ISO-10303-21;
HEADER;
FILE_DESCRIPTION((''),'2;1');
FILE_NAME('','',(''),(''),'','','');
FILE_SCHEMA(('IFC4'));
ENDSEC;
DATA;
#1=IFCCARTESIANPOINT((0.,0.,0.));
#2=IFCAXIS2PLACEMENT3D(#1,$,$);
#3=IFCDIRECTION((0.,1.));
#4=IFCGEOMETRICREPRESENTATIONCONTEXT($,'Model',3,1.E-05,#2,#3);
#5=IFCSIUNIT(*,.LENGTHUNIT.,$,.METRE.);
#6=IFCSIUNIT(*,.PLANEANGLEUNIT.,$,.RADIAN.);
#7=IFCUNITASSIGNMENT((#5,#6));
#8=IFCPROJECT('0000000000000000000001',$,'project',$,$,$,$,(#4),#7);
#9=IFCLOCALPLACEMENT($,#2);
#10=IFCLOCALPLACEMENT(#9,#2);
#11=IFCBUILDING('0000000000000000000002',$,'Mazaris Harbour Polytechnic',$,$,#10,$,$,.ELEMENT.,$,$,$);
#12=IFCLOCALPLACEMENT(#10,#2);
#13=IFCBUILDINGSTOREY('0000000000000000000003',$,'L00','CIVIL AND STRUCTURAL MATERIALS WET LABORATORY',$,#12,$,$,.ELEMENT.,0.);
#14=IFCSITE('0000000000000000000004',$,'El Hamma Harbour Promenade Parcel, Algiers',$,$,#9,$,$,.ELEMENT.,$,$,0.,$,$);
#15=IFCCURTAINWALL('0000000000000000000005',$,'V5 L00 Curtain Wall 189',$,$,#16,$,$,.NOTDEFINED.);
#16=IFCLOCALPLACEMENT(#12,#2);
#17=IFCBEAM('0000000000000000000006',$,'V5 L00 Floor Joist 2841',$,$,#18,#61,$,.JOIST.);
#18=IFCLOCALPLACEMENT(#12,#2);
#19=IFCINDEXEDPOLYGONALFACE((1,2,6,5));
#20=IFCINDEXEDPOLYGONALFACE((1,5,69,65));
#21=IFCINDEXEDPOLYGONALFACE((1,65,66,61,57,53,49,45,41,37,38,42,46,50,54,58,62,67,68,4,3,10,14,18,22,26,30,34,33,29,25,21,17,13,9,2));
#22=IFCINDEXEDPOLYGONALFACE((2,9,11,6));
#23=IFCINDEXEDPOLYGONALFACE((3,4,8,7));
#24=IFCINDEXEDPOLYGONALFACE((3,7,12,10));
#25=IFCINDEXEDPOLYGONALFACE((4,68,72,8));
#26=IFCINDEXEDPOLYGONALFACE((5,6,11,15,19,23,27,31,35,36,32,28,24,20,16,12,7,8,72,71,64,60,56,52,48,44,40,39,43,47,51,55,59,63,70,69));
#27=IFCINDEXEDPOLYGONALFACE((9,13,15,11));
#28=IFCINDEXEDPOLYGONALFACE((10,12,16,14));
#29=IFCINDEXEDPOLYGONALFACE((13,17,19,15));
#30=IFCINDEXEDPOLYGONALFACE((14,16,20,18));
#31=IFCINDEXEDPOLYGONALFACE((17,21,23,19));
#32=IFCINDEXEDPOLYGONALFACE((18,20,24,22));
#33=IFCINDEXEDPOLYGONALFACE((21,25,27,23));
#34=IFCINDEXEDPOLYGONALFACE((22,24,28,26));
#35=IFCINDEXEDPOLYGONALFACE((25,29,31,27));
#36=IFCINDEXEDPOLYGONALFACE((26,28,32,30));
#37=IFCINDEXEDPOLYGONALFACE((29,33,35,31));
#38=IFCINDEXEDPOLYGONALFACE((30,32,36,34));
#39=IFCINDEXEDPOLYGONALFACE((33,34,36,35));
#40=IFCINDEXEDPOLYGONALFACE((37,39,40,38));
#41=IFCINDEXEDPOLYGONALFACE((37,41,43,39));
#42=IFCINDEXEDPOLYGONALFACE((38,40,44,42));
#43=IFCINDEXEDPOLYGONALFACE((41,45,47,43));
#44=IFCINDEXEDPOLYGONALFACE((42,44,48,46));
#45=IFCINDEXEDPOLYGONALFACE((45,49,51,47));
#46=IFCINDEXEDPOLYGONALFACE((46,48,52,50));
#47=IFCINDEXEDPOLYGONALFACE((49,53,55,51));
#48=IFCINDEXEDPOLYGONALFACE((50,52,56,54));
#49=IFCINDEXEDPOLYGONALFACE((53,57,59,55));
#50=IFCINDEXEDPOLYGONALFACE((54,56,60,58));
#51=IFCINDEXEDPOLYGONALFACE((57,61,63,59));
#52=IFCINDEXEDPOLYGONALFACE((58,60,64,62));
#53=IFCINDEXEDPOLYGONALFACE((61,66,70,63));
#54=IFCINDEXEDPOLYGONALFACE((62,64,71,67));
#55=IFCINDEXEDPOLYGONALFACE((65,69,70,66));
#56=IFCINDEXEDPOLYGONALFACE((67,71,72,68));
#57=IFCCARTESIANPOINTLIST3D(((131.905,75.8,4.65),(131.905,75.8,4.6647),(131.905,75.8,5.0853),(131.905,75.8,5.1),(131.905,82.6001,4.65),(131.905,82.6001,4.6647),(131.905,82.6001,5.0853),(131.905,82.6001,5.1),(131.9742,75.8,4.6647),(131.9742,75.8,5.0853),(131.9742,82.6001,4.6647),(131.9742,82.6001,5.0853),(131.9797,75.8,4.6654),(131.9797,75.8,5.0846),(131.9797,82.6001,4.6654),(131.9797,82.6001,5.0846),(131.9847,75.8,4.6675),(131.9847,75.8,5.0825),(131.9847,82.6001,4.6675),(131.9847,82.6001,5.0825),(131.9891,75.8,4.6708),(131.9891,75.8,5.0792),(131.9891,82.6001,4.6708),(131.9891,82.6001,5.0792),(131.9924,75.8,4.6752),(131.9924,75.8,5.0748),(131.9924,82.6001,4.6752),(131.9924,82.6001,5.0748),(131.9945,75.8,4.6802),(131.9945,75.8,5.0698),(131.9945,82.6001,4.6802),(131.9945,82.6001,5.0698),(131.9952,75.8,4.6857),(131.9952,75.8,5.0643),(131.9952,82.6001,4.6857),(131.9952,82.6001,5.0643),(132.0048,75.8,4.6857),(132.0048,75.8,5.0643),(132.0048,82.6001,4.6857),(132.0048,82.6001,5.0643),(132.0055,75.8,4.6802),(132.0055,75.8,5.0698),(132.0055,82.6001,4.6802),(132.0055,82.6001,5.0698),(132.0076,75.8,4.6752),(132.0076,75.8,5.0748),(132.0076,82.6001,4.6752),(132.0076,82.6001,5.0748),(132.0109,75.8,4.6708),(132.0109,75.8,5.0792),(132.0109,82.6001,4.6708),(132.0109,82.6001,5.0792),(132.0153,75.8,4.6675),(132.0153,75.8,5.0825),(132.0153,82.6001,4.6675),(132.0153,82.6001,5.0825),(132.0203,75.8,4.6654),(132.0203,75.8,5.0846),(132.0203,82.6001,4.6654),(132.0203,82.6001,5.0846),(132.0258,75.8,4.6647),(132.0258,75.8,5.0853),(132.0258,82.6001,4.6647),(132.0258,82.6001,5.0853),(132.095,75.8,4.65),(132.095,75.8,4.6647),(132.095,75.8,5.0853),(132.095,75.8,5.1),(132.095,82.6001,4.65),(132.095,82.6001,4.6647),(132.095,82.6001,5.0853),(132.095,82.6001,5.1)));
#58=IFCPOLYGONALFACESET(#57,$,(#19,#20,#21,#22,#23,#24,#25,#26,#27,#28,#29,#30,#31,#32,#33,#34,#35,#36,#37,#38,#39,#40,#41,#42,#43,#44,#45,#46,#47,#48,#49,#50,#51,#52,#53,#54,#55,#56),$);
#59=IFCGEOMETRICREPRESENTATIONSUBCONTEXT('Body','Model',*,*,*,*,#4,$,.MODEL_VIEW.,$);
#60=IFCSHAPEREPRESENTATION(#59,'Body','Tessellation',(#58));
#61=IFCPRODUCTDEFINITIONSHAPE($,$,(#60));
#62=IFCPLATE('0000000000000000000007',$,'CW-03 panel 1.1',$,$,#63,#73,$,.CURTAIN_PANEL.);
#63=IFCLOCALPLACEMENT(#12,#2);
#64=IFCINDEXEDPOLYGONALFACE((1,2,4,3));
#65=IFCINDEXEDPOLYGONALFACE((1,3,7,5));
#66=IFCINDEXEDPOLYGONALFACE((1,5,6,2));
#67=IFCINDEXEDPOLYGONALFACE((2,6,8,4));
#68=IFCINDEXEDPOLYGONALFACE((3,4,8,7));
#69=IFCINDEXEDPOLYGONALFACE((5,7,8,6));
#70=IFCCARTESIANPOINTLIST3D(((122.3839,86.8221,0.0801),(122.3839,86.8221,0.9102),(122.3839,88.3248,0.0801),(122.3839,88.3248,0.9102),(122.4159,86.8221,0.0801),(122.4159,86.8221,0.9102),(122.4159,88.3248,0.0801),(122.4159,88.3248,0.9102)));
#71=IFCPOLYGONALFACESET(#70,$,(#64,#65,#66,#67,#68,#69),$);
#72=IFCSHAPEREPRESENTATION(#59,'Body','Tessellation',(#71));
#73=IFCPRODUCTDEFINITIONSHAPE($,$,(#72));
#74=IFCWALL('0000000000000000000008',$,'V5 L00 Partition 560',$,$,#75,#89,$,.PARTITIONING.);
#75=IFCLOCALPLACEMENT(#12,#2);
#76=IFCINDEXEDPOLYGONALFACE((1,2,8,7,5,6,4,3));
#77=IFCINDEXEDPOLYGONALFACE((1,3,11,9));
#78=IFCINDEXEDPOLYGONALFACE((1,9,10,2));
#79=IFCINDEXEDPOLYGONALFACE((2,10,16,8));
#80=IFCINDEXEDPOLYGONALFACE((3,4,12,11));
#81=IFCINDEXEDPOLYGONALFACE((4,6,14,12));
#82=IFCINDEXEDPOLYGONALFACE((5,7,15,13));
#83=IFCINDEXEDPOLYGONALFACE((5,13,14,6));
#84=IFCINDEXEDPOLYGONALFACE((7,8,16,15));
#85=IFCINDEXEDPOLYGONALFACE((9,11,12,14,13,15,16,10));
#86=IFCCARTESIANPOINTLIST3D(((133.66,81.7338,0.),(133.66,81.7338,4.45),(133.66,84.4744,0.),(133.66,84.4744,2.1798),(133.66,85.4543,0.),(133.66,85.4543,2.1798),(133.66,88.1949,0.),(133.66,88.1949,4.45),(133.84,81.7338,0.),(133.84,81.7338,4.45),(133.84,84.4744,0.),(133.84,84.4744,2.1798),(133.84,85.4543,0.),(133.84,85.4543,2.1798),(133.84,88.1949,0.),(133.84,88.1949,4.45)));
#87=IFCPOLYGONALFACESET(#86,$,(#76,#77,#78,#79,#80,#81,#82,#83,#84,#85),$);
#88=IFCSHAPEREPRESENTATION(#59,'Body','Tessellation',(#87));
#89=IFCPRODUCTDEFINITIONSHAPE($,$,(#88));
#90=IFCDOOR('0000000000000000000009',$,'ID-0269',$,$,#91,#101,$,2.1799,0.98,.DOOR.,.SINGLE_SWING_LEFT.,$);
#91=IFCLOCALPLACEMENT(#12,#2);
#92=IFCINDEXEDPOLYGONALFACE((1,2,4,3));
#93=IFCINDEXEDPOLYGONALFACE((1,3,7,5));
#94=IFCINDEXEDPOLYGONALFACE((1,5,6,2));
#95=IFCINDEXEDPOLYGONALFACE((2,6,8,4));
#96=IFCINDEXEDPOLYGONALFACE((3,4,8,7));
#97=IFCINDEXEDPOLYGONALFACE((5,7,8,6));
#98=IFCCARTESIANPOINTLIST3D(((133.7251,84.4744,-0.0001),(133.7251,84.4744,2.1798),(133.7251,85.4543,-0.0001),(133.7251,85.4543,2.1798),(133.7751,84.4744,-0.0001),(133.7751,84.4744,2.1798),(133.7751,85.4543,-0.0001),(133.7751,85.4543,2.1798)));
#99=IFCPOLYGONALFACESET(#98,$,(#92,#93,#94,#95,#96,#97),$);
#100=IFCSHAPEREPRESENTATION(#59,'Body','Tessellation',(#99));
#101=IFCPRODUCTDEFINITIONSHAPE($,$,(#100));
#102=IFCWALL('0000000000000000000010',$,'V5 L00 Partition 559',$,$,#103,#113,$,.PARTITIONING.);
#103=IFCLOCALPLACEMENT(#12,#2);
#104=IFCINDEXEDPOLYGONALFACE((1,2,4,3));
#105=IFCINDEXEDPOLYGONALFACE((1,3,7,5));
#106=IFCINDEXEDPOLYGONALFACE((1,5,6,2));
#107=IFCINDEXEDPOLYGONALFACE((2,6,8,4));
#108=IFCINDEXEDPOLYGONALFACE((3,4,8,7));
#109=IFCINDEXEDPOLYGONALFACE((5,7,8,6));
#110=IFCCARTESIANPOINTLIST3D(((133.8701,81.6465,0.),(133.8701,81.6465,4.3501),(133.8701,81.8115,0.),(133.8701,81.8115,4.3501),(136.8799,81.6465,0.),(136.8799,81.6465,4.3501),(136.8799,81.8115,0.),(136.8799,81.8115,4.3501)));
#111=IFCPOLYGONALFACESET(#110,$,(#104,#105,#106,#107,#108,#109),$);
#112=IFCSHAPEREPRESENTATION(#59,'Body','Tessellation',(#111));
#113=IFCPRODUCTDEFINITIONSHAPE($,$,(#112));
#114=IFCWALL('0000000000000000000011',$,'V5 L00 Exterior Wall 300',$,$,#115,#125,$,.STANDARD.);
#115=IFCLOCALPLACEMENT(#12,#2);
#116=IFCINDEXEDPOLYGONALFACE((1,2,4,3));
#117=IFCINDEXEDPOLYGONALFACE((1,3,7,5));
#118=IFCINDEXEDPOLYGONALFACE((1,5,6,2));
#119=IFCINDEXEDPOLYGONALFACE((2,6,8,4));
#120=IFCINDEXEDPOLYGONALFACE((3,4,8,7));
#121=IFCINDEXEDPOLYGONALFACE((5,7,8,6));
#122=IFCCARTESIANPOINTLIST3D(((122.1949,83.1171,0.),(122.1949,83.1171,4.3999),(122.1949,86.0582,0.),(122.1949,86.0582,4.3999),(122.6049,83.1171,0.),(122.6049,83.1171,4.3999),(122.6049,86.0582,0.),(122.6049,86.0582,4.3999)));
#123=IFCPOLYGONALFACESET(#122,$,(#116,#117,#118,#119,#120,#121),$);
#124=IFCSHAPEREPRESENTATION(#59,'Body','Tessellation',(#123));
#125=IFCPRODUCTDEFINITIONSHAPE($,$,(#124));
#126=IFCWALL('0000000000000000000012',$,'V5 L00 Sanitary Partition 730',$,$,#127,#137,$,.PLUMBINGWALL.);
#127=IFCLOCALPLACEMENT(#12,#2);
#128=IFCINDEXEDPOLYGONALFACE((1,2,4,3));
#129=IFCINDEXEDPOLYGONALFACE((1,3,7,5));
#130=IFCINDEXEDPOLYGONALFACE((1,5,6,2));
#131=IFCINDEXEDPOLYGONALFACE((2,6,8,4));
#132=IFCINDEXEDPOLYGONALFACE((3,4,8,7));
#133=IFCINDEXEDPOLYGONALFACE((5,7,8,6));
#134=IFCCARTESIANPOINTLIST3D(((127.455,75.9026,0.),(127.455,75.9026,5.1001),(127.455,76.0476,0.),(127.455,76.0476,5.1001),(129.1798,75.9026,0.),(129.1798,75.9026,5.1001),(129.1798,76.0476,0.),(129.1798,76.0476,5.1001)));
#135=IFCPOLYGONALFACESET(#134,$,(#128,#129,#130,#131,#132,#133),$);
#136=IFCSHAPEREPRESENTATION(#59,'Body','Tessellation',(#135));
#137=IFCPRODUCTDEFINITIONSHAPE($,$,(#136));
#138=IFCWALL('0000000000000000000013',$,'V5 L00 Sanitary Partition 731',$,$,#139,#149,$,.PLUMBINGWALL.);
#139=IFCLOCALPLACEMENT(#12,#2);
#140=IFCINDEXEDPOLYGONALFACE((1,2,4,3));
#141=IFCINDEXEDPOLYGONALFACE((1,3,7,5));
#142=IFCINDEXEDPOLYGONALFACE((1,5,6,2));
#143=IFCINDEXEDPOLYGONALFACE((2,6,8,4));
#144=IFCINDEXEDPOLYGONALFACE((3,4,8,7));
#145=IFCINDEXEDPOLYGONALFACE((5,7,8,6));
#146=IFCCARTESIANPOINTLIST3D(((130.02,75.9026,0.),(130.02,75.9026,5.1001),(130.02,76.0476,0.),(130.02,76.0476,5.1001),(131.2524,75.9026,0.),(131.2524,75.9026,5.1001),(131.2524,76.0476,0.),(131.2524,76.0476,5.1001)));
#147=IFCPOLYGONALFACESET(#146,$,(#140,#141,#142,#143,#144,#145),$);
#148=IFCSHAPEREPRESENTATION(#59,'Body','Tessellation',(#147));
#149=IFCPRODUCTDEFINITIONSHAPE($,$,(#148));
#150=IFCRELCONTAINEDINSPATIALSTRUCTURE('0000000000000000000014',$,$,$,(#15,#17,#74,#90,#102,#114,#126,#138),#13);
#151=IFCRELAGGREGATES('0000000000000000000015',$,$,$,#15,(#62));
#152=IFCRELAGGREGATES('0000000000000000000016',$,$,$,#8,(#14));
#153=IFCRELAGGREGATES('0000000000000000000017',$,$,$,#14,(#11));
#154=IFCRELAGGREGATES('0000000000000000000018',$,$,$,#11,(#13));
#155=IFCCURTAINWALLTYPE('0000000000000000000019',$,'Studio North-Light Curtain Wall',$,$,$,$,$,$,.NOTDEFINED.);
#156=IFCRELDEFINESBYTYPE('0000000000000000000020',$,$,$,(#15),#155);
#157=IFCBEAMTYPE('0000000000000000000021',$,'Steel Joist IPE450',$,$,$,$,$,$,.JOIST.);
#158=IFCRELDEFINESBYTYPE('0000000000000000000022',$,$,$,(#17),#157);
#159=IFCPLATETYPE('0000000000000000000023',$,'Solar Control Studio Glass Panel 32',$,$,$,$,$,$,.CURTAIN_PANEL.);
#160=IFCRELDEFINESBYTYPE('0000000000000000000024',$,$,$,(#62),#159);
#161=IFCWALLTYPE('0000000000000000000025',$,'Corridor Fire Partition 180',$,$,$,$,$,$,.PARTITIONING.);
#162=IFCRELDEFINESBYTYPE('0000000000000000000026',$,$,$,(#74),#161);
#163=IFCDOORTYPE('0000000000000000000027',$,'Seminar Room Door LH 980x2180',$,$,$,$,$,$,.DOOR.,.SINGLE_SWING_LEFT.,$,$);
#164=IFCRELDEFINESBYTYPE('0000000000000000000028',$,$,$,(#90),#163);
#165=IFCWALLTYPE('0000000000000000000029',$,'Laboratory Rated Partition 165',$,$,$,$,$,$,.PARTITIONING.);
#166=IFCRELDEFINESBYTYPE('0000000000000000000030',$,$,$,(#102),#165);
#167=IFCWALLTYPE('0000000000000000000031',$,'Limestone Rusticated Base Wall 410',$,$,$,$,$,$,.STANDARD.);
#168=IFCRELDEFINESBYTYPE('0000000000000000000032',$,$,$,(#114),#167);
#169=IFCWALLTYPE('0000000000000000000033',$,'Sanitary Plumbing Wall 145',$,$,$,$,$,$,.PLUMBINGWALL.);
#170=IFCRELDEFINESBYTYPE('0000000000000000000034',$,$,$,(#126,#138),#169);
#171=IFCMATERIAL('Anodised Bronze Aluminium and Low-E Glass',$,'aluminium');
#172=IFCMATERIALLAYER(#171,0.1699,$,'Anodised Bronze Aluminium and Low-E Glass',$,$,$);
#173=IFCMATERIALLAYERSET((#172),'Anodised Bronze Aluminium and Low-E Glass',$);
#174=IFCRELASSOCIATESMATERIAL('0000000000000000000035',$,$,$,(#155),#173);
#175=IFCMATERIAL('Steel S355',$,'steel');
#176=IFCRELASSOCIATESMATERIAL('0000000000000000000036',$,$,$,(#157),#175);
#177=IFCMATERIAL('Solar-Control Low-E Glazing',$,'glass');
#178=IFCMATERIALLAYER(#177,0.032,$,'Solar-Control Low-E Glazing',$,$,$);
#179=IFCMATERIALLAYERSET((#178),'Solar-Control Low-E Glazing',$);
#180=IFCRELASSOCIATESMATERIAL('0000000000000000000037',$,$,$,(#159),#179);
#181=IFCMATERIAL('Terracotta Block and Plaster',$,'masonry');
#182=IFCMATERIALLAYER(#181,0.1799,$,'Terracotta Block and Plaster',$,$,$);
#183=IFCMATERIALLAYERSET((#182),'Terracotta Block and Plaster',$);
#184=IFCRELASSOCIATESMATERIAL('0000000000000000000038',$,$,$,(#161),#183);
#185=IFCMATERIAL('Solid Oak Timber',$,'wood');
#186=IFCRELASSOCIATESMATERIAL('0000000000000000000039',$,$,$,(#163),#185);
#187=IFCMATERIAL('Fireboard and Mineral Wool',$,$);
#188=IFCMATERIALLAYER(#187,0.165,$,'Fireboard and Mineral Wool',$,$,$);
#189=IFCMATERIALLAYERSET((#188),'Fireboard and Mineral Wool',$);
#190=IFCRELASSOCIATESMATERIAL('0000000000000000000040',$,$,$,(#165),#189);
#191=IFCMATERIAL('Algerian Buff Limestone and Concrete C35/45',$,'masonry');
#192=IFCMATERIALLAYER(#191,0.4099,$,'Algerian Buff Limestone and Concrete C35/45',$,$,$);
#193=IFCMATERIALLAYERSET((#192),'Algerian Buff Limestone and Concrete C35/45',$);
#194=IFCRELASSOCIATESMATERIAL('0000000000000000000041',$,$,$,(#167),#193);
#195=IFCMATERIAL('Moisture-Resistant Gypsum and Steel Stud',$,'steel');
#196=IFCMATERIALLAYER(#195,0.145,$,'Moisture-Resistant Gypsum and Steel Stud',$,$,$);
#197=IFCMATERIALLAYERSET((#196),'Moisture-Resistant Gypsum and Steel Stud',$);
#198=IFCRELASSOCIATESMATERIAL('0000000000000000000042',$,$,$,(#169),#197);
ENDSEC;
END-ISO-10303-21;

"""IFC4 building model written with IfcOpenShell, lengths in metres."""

from ifc_helpers import new_model, si_unit, direction, frame, frame_2d, origin, origin_2d, place, context, subcontext, project, spatial, rectangle, i_section, extrude, material, layer, layer_set, material_profile, profile_set, type_object, element, fill, aggregate, save


model = new_model("IFC4")

# Units and contexts
model_context = context("Model", 3, precision=1e-05, world=origin(), true_north=direction((0.0, 1.0)))
body_context = subcontext(model_context, "Body", "Model", "MODEL_VIEW")
ifc_project = project(units=[si_unit("LENGTHUNIT", "METRE"), si_unit("PLANEANGLEUNIT", "RADIAN")], contexts=[model_context])

# Site, building, storey
site_placement = place(None, origin())
site = spatial("IfcSite", under=ifc_project, at=site_placement, Name="El Hamma Harbour Promenade Parcel, Algiers", CompositionType="ELEMENT", RefElevation=0.0)
building_placement = place(site_placement, origin())
building = spatial("IfcBuilding", under=site, at=building_placement, Name="Mazaris Harbour Polytechnic", CompositionType="ELEMENT")
storey_placement = place(building_placement, origin())
storey = spatial("IfcBuildingStorey", under=building, at=storey_placement, Name="L00", Description="CIVIL AND STRUCTURAL MATERIALS WET LABORATORY", CompositionType="ELEMENT", Elevation=0.0)

# Curtain wall
ifc_material_1 = material(Name="Anodised Bronze Aluminium and Low-E Glass", Category="aluminium")
ifc_layer_1 = layer(ifc_material_1, 0.1699, Name="Anodised Bronze Aluminium and Low-E Glass")
ifc_layer_set_1 = layer_set([ifc_layer_1], Name="Anodised Bronze Aluminium and Low-E Glass")
curtain_wall_type = type_object("IfcCurtainWallType", Name="Studio North-Light Curtain Wall", PredefinedType="NOTDEFINED", material=ifc_layer_set_1)
curtain_wall_placement = place(storey_placement, origin())
curtain_wall = element("IfcCurtainWall", 1, at=curtain_wall_placement, inside=storey, type_object=curtain_wall_type, Name="V5 L00 Curtain Wall 189", PredefinedType="NOTDEFINED")

# Beam
ifc_material_2 = material(Name="Steel S355", Category="steel")
ifc_material_profile_1 = material_profile(ifc_material_2, i_section(OverallWidth=0.1899, OverallDepth=0.45, WebThickness=0.0095, FlangeThickness=0.0146, FilletRadius=0.021, at=origin_2d()), Name="IPE 450")
ifc_profile_set_1 = profile_set([ifc_material_profile_1], Name="Steel S355")
beam_type_1 = type_object("IfcBeamType", Name="Steel Joist IPE450", PredefinedType="JOIST", material=ifc_profile_set_1)
beam_1_placement = place(storey_placement, frame((132.0, 75.8, 4.875), z_axis=(0.0, 1.0, 0.0), x_axis=(-1.0, 0.0, 0.0)))
element("IfcBeam", 2, at=beam_1_placement, inside=storey, type_object=beam_type_1, Name="V5 L00 Floor Joist 2841", PredefinedType="JOIST", context=body_context, shape_type="SweptSolid", body=[
    extrude(i_section(OverallWidth=0.1899, OverallDepth=0.45, WebThickness=0.0095, FlangeThickness=0.0146, FilletRadius=0.021, at=origin_2d()), origin(), (0.0, 0.0, 1.0), 6.8),
])

# Plate
ifc_material_3 = material(Name="Solar-Control Low-E Glazing", Category="glass")
ifc_layer_2 = layer(ifc_material_3, 0.032, Name="Solar-Control Low-E Glazing")
ifc_layer_set_2 = layer_set([ifc_layer_2], Name="Solar-Control Low-E Glazing")
plate_type = type_object("IfcPlateType", Name="Solar Control Studio Glass Panel 32", PredefinedType="CURTAIN_PANEL", material=ifc_layer_set_2)
plate_placement = place(storey_placement, frame((122.3999, 87.5735, 0.0801), z_axis=(0.0, 0.0, 1.0), x_axis=(0.0, 1.0, 0.0)))
plate = element("IfcPlate", 3, at=plate_placement, type_object=plate_type, Name="CW-03 panel 1.1", PredefinedType="CURTAIN_PANEL", context=body_context, shape_type="SweptSolid", body=[
    extrude(rectangle(XDim=1.5027, YDim=0.032, at=origin_2d()), origin(), (0.0, 0.0, 1.0), 0.8301),
])
aggregate(curtain_wall, [plate])

# Wall, opening, door
ifc_material_4 = material(Name="Terracotta Block and Plaster", Category="masonry")
ifc_layer_3 = layer(ifc_material_4, 0.1799, Name="Terracotta Block and Plaster")
ifc_layer_set_3 = layer_set([ifc_layer_3], Name="Terracotta Block and Plaster")
wall_type_1 = type_object("IfcWallType", Name="Corridor Fire Partition 180", PredefinedType="PARTITIONING", material=ifc_layer_set_3)
wall_1_placement = place(storey_placement, frame((133.75, 81.7339, 0.0), z_axis=(0.0, 0.0, 1.0), x_axis=(0.0, 1.0, 0.0)))
wall_1 = element("IfcWall", 4, at=wall_1_placement, inside=storey, type_object=wall_type_1, Name="V5 L00 Partition 560", PredefinedType="PARTITIONING", context=body_context, shape_type="SweptSolid", body=[
    extrude(rectangle(XDim=6.4612, YDim=0.1799, at=frame_2d((3.2305, 0.0))), origin(), (0.0, 0.0, 1.0), 4.45),
])
opening_1_placement = place(wall_1_placement, frame((2.7405, 0.0, 0.0)))
opening_1 = element("IfcOpeningElement", 5, at=opening_1_placement, cuts=wall_1, PredefinedType="OPENING", context=body_context, shape_type="SweptSolid", body=[
    extrude(rectangle(XDim=0.98, YDim=2.1799, at=frame_2d((0.49, 1.0898))), frame((0.0, 0.0999, 0.0), z_axis=(0.0, -1.0, 0.0), x_axis=(1.0, 0.0, 0.0)), (0.0, 0.0, 1.0), 0.2),
])
ifc_material_5 = material(Name="Solid Oak Timber", Category="wood")
door_type_1 = type_object("IfcDoorType", Name="Seminar Room Door LH 980x2180", OperationType="SINGLE_SWING_LEFT", PredefinedType="DOOR", material=ifc_material_5)
door_1_placement = place(opening_1_placement, origin())
door_1 = element("IfcDoor", 6, at=door_1_placement, inside=storey, type_object=door_type_1, Name="ID-0269", OperationType="SINGLE_SWING_LEFT", OverallHeight=2.1799, OverallWidth=0.98, PredefinedType="DOOR", context=body_context, shape_type="SweptSolid", body=[
    extrude(rectangle(XDim=0.98, YDim=2.1799, at=frame_2d((0.49, 1.0898))), frame((0.0, 0.0249, 0.0), z_axis=(0.0, -1.0, 0.0), x_axis=(1.0, 0.0, 0.0)), (0.0, 0.0, 1.0), 0.05),
])
fill(opening_1, door_1)

# Walls
ifc_material_6 = material(Name="Fireboard and Mineral Wool")
ifc_layer_4 = layer(ifc_material_6, 0.165, Name="Fireboard and Mineral Wool")
ifc_layer_set_4 = layer_set([ifc_layer_4], Name="Fireboard and Mineral Wool")
wall_type_2 = type_object("IfcWallType", Name="Laboratory Rated Partition 165", PredefinedType="PARTITIONING", material=ifc_layer_set_4)
wall_2_placement = place(storey_placement, frame((133.8701, 81.729, 0.0), z_axis=(0.0, 0.0, 1.0), x_axis=(1.0, 0.0, 0.0)))
element("IfcWall", 7, at=wall_2_placement, inside=storey, type_object=wall_type_2, Name="V5 L00 Partition 559", PredefinedType="PARTITIONING", context=body_context, shape_type="SweptSolid", body=[
    extrude(rectangle(XDim=3.0098, YDim=0.165, at=frame_2d((1.5049, 0.0))), origin(), (0.0, 0.0, 1.0), 4.3501),
])
ifc_material_7 = material(Name="Algerian Buff Limestone and Concrete C35/45", Category="masonry")
ifc_layer_5 = layer(ifc_material_7, 0.4099, Name="Algerian Buff Limestone and Concrete C35/45")
ifc_layer_set_5 = layer_set([ifc_layer_5], Name="Algerian Buff Limestone and Concrete C35/45")
wall_type_3 = type_object("IfcWallType", Name="Limestone Rusticated Base Wall 410", PredefinedType="STANDARD", material=ifc_layer_set_5)
wall_3_placement = place(storey_placement, frame((122.3999, 83.1169, 0.0), z_axis=(0.0, 0.0, 1.0), x_axis=(0.0, 1.0, 0.0)))
element("IfcWall", 8, at=wall_3_placement, inside=storey, type_object=wall_type_3, Name="V5 L00 Exterior Wall 300", PredefinedType="STANDARD", context=body_context, shape_type="SweptSolid", body=[
    extrude(rectangle(XDim=2.9412, YDim=0.4099, at=frame_2d((1.4707, 0.0))), origin(), (0.0, 0.0, 1.0), 4.3999),
])
ifc_material_8 = material(Name="Moisture-Resistant Gypsum and Steel Stud", Category="steel")
ifc_layer_6 = layer(ifc_material_8, 0.145, Name="Moisture-Resistant Gypsum and Steel Stud")
ifc_layer_set_6 = layer_set([ifc_layer_6], Name="Moisture-Resistant Gypsum and Steel Stud")
wall_type_4 = type_object("IfcWallType", Name="Sanitary Plumbing Wall 145", PredefinedType="PLUMBINGWALL", material=ifc_layer_set_6)
wall_4_placement = place(storey_placement, frame((127.4551, 75.9751, 0.0), z_axis=(0.0, 0.0, 1.0), x_axis=(1.0, 0.0, 0.0)))
element("IfcWall", 9, at=wall_4_placement, inside=storey, type_object=wall_type_4, Name="V5 L00 Sanitary Partition 730", PredefinedType="PLUMBINGWALL", context=body_context, shape_type="SweptSolid", body=[
    extrude(rectangle(XDim=1.7249, YDim=0.145, at=frame_2d((0.8623, 0.0))), origin(), (0.0, 0.0, 1.0), 5.1001),
])
wall_5_placement = place(storey_placement, frame((130.02, 75.9751, 0.0), z_axis=(0.0, 0.0, 1.0), x_axis=(1.0, 0.0, 0.0)))
element("IfcWall", 10, at=wall_5_placement, inside=storey, type_object=wall_type_4, Name="V5 L00 Sanitary Partition 731", PredefinedType="PLUMBINGWALL", context=body_context, shape_type="SweptSolid", body=[
    extrude(rectangle(XDim=1.2324, YDim=0.145, at=frame_2d((0.6162, 0.0))), origin(), (0.0, 0.0, 1.0), 5.1001),
])

save(model, "model.ifc")
